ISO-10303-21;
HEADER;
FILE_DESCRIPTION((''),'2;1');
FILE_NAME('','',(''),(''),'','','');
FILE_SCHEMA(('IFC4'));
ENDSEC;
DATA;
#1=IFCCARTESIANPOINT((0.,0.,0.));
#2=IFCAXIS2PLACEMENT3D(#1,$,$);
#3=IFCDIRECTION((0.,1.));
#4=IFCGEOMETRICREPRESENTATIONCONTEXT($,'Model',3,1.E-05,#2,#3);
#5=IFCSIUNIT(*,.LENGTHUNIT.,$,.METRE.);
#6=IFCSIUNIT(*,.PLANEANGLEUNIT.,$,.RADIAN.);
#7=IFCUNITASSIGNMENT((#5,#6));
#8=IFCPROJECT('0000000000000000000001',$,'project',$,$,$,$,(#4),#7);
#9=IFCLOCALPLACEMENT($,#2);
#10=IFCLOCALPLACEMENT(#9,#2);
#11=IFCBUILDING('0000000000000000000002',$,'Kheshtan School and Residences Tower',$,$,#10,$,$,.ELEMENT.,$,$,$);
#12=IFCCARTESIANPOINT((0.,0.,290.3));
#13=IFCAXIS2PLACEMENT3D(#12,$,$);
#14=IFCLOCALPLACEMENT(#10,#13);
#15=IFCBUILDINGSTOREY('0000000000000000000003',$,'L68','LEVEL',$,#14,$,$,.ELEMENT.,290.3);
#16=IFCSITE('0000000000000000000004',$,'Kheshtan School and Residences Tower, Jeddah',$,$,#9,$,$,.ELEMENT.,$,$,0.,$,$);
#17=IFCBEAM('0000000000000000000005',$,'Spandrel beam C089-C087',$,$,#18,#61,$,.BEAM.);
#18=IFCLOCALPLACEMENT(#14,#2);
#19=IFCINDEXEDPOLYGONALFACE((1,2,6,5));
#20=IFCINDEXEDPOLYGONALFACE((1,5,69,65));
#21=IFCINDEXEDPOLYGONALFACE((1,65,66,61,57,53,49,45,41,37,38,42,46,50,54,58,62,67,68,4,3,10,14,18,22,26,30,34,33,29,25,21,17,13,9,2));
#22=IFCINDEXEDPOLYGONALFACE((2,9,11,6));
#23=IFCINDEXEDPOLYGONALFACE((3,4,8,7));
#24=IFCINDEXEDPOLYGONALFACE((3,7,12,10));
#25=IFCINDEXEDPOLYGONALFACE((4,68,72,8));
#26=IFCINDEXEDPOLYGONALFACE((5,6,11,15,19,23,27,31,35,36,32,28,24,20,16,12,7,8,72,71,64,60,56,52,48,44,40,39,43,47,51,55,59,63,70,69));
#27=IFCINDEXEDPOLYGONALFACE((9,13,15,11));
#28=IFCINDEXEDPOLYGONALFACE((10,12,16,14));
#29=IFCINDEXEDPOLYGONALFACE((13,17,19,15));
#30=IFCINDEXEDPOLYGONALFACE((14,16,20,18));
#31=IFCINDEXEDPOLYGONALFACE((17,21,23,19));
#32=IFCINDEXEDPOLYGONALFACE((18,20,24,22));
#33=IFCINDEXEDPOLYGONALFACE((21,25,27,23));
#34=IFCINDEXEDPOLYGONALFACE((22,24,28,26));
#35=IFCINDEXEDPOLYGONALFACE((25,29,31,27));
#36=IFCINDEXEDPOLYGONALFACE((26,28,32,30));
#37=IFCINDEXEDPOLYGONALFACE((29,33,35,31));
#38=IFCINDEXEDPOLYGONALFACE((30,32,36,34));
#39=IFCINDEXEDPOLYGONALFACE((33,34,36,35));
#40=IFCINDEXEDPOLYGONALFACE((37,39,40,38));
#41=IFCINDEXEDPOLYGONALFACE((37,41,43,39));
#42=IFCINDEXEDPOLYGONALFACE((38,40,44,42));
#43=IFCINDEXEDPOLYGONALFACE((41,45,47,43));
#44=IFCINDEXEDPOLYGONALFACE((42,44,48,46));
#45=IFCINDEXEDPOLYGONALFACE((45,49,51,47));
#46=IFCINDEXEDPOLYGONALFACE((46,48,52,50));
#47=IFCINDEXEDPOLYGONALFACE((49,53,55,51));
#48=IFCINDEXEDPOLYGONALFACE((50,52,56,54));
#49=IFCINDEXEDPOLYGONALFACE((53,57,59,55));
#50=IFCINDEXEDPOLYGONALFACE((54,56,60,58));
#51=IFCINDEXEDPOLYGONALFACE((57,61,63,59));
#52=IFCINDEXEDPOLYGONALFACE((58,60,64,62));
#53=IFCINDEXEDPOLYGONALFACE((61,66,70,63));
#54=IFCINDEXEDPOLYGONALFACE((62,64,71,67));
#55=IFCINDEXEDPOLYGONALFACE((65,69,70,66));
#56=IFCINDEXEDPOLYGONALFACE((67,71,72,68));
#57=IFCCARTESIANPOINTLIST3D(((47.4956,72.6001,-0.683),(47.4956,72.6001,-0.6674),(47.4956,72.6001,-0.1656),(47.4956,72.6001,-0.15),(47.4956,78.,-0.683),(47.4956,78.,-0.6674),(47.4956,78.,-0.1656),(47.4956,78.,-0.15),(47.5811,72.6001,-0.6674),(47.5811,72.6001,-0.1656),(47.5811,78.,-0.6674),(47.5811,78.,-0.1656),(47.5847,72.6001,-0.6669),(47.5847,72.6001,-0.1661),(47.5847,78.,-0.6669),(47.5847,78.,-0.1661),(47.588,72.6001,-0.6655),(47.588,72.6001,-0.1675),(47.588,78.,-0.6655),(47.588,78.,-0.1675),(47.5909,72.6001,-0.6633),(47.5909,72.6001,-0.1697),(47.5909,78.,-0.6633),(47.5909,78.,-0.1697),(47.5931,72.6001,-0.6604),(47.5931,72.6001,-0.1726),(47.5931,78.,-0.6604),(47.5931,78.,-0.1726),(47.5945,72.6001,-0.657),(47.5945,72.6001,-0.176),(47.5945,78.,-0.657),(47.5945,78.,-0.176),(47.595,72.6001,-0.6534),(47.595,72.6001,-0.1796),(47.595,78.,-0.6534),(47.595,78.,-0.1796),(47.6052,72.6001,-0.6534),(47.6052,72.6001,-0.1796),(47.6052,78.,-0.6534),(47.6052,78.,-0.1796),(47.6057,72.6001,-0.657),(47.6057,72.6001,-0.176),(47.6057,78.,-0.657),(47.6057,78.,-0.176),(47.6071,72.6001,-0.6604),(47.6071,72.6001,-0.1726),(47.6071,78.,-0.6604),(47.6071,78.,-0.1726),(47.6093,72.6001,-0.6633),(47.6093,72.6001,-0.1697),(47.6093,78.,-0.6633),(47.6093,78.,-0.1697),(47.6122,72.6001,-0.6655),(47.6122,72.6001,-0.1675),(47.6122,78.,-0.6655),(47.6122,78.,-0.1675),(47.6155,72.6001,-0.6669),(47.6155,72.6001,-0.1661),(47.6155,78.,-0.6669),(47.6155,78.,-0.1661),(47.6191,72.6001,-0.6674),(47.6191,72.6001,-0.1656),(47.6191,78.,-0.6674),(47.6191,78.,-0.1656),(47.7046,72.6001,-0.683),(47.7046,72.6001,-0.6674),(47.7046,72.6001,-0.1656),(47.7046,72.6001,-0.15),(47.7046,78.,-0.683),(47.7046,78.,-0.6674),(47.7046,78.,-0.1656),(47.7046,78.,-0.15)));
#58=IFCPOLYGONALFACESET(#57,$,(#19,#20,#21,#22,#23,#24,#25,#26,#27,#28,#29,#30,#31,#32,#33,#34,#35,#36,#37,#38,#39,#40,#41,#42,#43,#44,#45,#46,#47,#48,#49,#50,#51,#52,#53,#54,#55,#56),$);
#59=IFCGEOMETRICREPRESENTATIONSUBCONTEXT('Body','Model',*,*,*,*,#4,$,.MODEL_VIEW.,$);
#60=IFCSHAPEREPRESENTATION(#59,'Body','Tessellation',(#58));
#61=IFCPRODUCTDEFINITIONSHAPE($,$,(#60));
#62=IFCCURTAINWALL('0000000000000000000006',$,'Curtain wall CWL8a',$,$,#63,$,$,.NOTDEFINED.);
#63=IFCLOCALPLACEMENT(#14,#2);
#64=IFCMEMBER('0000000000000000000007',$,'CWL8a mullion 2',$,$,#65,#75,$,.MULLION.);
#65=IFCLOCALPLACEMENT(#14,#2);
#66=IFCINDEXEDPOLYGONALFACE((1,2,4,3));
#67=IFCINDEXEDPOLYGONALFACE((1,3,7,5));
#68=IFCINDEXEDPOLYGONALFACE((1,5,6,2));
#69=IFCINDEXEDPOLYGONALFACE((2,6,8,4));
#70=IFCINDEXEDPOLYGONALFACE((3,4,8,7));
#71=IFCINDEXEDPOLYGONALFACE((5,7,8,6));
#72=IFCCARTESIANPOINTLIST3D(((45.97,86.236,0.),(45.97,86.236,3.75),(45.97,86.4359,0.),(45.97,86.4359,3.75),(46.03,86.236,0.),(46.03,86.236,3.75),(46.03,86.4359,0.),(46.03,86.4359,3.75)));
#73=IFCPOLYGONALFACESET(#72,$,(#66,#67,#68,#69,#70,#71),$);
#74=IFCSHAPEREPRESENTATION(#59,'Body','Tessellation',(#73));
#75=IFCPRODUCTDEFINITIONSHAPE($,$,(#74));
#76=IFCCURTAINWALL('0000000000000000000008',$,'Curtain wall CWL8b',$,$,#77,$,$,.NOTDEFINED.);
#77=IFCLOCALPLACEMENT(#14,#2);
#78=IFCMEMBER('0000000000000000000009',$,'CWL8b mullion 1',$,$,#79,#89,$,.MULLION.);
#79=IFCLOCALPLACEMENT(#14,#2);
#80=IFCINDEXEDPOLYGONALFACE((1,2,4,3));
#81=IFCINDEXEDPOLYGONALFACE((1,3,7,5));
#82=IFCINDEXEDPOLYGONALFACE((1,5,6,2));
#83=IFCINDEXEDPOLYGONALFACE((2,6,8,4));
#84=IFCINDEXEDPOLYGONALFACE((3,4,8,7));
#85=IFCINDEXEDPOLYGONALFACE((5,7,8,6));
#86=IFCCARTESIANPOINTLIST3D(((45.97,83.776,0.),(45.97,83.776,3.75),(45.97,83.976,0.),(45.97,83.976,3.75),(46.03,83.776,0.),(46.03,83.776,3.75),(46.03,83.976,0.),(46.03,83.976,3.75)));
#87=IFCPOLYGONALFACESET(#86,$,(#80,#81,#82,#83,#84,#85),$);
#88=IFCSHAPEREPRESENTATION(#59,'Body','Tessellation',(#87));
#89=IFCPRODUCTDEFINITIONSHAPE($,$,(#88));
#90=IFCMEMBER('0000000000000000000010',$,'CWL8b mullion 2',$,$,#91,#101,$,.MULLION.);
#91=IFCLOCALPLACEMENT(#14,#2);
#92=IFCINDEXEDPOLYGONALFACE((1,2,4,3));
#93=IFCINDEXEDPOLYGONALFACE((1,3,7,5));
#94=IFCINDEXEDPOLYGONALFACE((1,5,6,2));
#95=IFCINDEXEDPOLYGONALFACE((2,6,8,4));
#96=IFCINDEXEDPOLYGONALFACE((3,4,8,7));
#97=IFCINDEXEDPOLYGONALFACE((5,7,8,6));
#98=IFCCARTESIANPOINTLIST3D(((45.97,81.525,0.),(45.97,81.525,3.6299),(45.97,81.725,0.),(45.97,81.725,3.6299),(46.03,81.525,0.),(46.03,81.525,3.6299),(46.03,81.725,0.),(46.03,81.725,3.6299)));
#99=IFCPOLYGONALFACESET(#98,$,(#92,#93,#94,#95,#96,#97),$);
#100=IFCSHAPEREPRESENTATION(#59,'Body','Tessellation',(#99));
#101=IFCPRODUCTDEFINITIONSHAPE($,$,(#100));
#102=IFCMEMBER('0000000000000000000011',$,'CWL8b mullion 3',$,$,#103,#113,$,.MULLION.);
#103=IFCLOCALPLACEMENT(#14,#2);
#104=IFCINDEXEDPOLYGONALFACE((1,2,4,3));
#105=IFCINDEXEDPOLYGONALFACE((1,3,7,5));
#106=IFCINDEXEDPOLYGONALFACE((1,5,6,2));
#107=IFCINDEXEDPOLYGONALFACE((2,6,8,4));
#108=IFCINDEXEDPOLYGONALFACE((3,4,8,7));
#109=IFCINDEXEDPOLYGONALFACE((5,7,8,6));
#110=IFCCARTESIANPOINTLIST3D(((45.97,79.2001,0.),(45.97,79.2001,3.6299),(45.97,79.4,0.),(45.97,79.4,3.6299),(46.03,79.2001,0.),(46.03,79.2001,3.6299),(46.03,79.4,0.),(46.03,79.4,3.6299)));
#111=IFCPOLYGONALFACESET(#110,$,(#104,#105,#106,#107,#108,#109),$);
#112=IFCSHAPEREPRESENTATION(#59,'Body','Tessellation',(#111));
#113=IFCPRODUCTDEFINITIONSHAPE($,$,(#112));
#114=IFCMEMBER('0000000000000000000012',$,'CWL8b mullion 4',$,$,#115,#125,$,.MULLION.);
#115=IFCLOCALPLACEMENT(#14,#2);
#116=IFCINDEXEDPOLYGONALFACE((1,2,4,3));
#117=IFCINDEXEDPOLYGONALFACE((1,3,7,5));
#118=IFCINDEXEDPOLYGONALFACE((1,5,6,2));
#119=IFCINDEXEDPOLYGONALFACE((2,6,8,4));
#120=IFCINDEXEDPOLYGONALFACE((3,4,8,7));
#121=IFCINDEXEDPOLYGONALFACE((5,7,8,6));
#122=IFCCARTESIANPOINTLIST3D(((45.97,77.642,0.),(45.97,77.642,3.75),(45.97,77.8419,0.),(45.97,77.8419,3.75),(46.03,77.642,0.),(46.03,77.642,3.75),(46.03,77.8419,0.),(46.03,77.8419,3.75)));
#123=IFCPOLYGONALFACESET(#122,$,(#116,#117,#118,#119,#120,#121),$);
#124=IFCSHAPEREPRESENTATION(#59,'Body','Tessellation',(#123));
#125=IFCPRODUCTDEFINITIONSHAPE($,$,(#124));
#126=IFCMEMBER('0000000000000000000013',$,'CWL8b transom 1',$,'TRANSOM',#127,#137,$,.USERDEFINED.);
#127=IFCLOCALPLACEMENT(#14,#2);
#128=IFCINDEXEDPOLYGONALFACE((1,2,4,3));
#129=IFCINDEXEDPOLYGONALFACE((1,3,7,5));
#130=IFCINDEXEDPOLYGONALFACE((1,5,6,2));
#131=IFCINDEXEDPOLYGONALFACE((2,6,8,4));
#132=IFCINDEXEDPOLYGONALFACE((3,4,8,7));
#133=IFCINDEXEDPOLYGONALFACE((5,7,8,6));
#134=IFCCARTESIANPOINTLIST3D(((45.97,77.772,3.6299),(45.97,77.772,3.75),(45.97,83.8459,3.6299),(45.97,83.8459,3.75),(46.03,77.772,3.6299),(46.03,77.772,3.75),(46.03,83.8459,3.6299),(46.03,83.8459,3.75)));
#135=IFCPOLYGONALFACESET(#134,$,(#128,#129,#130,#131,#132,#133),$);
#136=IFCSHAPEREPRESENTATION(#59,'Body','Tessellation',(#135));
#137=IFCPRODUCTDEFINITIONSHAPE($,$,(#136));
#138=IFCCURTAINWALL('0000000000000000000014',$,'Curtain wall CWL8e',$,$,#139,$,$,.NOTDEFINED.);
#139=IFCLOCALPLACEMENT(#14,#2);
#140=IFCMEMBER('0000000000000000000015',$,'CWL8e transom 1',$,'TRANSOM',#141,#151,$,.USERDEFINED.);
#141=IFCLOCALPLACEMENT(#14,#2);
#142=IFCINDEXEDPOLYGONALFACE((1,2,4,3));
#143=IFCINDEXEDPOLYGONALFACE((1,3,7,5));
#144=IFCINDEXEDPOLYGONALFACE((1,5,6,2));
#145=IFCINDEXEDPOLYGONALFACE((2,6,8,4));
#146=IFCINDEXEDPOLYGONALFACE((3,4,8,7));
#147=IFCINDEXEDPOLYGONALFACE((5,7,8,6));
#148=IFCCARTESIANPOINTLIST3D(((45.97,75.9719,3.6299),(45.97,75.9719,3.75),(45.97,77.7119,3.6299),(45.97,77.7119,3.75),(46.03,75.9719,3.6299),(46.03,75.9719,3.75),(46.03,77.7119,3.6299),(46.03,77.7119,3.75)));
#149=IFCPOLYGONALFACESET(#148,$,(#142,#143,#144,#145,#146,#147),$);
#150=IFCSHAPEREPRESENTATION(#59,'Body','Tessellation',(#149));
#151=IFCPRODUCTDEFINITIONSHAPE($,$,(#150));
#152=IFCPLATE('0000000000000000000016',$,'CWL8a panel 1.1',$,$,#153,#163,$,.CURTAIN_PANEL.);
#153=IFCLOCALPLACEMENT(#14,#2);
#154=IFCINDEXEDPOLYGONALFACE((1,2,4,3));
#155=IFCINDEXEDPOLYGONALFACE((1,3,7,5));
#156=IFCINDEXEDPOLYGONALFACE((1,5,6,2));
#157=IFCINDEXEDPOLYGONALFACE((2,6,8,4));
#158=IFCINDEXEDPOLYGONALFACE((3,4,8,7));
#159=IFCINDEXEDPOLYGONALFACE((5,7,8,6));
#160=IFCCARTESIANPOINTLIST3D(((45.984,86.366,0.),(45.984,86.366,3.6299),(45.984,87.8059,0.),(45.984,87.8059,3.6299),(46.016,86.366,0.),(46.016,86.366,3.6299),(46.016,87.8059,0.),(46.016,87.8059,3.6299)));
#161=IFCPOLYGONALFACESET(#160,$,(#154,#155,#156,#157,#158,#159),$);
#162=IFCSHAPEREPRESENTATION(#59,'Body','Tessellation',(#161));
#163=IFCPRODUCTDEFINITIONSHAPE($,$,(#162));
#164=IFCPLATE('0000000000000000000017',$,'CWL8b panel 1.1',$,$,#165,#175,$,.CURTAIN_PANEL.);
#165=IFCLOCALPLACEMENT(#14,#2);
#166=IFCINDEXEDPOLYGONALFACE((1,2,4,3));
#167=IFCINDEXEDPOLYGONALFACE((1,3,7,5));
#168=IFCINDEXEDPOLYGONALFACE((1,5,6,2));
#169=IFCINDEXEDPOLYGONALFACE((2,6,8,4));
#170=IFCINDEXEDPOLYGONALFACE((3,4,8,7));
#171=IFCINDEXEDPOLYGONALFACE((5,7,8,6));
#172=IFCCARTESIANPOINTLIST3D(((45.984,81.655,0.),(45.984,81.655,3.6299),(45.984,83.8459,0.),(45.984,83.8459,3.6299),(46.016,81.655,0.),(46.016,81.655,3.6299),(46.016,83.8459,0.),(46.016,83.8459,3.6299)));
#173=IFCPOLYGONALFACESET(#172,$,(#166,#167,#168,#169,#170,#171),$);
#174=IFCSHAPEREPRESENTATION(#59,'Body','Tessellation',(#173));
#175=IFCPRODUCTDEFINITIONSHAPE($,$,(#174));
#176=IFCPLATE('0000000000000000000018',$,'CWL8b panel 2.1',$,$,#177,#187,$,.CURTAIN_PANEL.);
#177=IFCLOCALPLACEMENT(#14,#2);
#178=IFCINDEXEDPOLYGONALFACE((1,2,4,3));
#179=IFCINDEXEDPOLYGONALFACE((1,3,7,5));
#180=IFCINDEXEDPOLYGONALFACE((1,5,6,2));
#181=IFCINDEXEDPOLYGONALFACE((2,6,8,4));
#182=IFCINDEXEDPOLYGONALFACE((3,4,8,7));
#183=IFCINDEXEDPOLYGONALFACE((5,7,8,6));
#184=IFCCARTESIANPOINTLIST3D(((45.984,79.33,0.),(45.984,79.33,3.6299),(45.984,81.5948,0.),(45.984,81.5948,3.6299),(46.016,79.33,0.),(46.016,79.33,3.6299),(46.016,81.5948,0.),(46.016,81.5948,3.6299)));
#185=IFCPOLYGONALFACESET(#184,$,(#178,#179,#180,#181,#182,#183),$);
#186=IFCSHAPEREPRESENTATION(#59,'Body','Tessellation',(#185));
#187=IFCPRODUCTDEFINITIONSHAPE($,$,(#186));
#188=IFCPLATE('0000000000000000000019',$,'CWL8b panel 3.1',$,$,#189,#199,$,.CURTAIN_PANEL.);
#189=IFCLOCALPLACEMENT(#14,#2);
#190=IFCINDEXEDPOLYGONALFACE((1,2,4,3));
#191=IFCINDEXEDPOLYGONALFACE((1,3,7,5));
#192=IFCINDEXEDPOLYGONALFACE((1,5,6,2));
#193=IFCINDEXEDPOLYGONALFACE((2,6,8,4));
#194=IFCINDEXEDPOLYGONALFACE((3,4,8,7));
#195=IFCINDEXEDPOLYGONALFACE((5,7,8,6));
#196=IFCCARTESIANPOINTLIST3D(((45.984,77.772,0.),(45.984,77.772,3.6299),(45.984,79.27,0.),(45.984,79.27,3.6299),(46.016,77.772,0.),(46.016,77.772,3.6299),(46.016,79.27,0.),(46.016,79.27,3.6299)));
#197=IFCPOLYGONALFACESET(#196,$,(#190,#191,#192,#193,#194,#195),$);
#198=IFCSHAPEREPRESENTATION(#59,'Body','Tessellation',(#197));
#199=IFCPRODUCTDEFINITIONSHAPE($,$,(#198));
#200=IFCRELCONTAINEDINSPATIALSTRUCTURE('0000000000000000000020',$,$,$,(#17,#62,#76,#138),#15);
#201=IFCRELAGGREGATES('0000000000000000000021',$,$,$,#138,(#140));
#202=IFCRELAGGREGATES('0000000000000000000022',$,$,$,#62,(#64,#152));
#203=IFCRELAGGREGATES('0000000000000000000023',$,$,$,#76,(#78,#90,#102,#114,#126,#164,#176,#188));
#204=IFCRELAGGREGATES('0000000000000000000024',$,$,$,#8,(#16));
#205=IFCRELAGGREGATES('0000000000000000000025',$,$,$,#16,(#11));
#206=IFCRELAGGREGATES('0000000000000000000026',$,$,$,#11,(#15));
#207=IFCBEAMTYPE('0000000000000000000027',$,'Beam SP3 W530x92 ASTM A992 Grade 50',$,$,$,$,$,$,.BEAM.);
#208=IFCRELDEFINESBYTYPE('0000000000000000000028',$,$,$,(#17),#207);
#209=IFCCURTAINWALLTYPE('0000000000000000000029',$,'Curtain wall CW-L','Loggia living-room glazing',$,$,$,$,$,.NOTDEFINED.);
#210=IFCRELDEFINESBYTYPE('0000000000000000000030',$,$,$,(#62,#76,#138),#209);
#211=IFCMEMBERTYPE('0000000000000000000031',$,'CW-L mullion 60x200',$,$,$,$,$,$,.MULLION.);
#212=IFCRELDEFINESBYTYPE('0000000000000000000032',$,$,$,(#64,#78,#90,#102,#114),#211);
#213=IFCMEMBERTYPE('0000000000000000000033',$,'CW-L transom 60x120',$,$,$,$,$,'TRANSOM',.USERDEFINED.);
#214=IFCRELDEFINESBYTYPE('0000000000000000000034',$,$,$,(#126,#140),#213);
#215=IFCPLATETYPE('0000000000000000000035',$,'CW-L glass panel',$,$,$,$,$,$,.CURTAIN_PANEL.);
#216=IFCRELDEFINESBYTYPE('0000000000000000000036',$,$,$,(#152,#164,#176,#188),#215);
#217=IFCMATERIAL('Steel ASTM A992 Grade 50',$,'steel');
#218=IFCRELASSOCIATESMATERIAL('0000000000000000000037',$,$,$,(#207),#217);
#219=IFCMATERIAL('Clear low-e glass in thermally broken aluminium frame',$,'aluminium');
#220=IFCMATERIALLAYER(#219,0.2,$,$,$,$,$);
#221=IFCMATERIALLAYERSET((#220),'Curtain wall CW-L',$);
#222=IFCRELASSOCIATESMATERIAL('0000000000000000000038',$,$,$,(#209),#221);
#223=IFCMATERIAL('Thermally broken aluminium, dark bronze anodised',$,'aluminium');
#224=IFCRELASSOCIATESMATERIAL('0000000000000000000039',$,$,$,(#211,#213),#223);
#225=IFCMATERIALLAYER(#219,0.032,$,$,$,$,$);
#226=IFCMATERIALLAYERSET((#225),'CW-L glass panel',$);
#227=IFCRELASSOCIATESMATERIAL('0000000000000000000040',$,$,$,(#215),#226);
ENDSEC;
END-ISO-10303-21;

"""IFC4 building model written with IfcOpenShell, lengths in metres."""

from ifc_helpers import new_model, si_unit, direction, frame, origin, origin_2d, place, context, subcontext, project, spatial, rectangle, i_section, extrude, material, layer, layer_set, material_profile, profile_set, type_object, element, aggregate, save


model = new_model("IFC4")

# Units and contexts
model_context = context("Model", 3, precision=1e-05, world=origin(), true_north=direction((0.0, 1.0)))
body_context = subcontext(model_context, "Body", "Model", "MODEL_VIEW")
ifc_project = project(units=[si_unit("LENGTHUNIT", "METRE"), si_unit("PLANEANGLEUNIT", "RADIAN")], contexts=[model_context])

# Site, building, storey
site_placement = place(None, origin())
site = spatial("IfcSite", under=ifc_project, at=site_placement, Name="Kheshtan School and Residences Tower, Jeddah", CompositionType="ELEMENT", RefElevation=0.0)
building_placement = place(site_placement, origin())
building = spatial("IfcBuilding", under=site, at=building_placement, Name="Kheshtan School and Residences Tower", CompositionType="ELEMENT")
storey_placement = place(building_placement, frame((0.0, 0.0, 290.3)))
storey = spatial("IfcBuildingStorey", under=building, at=storey_placement, Name="L68", Description="LEVEL", CompositionType="ELEMENT", Elevation=290.3)

# Shared definitions
ifc_material_1 = material(Name="Steel ASTM A992 Grade 50", Category="steel")

# Beam
ifc_material_profile_1 = material_profile(ifc_material_1, i_section(OverallWidth=0.209, OverallDepth=0.533, WebThickness=0.0103, FlangeThickness=0.0156, FilletRadius=0.0139, at=origin_2d()), Name="W530x92")
ifc_profile_set_1 = profile_set([ifc_material_profile_1], Name="Steel ASTM A992 Grade 50")
beam_type_1 = type_object("IfcBeamType", Name="Beam SP3 W530x92 ASTM A992 Grade 50", PredefinedType="BEAM", material=ifc_profile_set_1)
for number, where, z_axis, x_axis, name in (
    (1, (47.6001, 78.0, -0.4165), (0.0, -1.0, 0.0), (1.0, 0.0, 0.0), "Spandrel beam C089-C087"),
):
    element("IfcBeam", number, at=place(storey_placement, frame(where, z_axis=z_axis, x_axis=x_axis)), inside=storey, type_object=beam_type_1, Name=name, PredefinedType="BEAM", context=body_context, shape_type="SweptSolid", body=[
        extrude(i_section(OverallWidth=0.209, OverallDepth=0.533, WebThickness=0.0103, FlangeThickness=0.0156, FilletRadius=0.0139, at=origin_2d()), origin(), (0.0, 0.0, 1.0), 5.3999),
    ])

# Curtain wall, member
ifc_material_2 = material(Name="Clear low-e glass in thermally broken aluminium frame", Category="aluminium")
ifc_layer_1 = layer(ifc_material_2, 0.2)
ifc_layer_set_1 = layer_set([ifc_layer_1], Name="Curtain wall CW-L")
curtain_wall_type = type_object("IfcCurtainWallType", Name="Curtain wall CW-L", Description="Loggia living-room glazing", PredefinedType="NOTDEFINED", material=ifc_layer_set_1)
curtain_wall_1_placement = place(storey_placement, origin())
curtain_wall_1 = element("IfcCurtainWall", 2, at=curtain_wall_1_placement, inside=storey, type_object=curtain_wall_type, Name="Curtain wall CWL8a", PredefinedType="NOTDEFINED")
ifc_material_3 = material(Name="Thermally broken aluminium, dark bronze anodised", Category="aluminium")
ifc_material_profile_2 = material_profile(ifc_material_3, rectangle(XDim=0.0601, YDim=0.2, at=origin_2d()), Name="CW-L mullion 60x200")
ifc_profile_set_2 = profile_set([ifc_material_profile_2], Name="Thermally broken aluminium, dark bronze anodised")
member_type_1 = type_object("IfcMemberType", Name="CW-L mullion 60x200", PredefinedType="MULLION", material=ifc_profile_set_2)
member_1_placement = place(storey_placement, frame((46.0, 86.3359, 0.0), z_axis=(0.0, 0.0, 1.0), x_axis=(1.0, 0.0, 0.0)))
member_1 = element("IfcMember", 3, at=member_1_placement, type_object=member_type_1, Name="CWL8a mullion 2", PredefinedType="MULLION", context=body_context, shape_type="SweptSolid", body=[
    extrude(rectangle(XDim=0.0601, YDim=0.2, at=origin_2d()), origin(), (0.0, 0.0, 1.0), 3.75),
])

# Curtain wall, members
curtain_wall_2_placement = place(storey_placement, origin())
curtain_wall_2 = element("IfcCurtainWall", 4, at=curtain_wall_2_placement, inside=storey, type_object=curtain_wall_type, Name="Curtain wall CWL8b", PredefinedType="NOTDEFINED")
member_2_placement = place(storey_placement, frame((46.0, 83.876, 0.0), z_axis=(0.0, 0.0, 1.0), x_axis=(1.0, 0.0, 0.0)))
member_2 = element("IfcMember", 5, at=member_2_placement, type_object=member_type_1, Name="CWL8b mullion 1", PredefinedType="MULLION", context=body_context, shape_type="SweptSolid", body=[
    extrude(rectangle(XDim=0.0601, YDim=0.2, at=origin_2d()), origin(), (0.0, 0.0, 1.0), 3.75),
])
member_3_placement = place(storey_placement, frame((46.0, 81.625, 0.0), z_axis=(0.0, 0.0, 1.0), x_axis=(1.0, 0.0, 0.0)))
member_3 = element("IfcMember", 6, at=member_3_placement, type_object=member_type_1, Name="CWL8b mullion 2", PredefinedType="MULLION", context=body_context, shape_type="SweptSolid", body=[
    extrude(rectangle(XDim=0.0601, YDim=0.2, at=origin_2d()), origin(), (0.0, 0.0, 1.0), 3.6299),
])
member_4_placement = place(storey_placement, frame((46.0, 79.3, 0.0), z_axis=(0.0, 0.0, 1.0), x_axis=(1.0, 0.0, 0.0)))
member_4 = element("IfcMember", 7, at=member_4_placement, type_object=member_type_1, Name="CWL8b mullion 3", PredefinedType="MULLION", context=body_context, shape_type="SweptSolid", body=[
    extrude(rectangle(XDim=0.0601, YDim=0.2, at=origin_2d()), origin(), (0.0, 0.0, 1.0), 3.6299),
])
member_5_placement = place(storey_placement, frame((46.0, 77.7419, 0.0), z_axis=(0.0, 0.0, 1.0), x_axis=(1.0, 0.0, 0.0)))
member_5 = element("IfcMember", 8, at=member_5_placement, type_object=member_type_1, Name="CWL8b mullion 4", PredefinedType="MULLION", context=body_context, shape_type="SweptSolid", body=[
    extrude(rectangle(XDim=0.0601, YDim=0.2, at=origin_2d()), origin(), (0.0, 0.0, 1.0), 3.75),
])
ifc_material_profile_3 = material_profile(ifc_material_3, rectangle(XDim=0.0601, YDim=0.1201, at=origin_2d()), Name="CW-L transom 60x120")
ifc_profile_set_3 = profile_set([ifc_material_profile_3], Name="Thermally broken aluminium, dark bronze anodised")
member_type_2 = type_object("IfcMemberType", Name="CW-L transom 60x120", ElementType="TRANSOM", PredefinedType="USERDEFINED", material=ifc_profile_set_3)
member_6_placement = place(storey_placement, frame((46.0, 83.8459, 3.6899), z_axis=(0.0, -1.0, 0.0), x_axis=(1.0, 0.0, 0.0)))
member_6 = element("IfcMember", 9, at=member_6_placement, type_object=member_type_2, Name="CWL8b transom 1", ObjectType="TRANSOM", PredefinedType="USERDEFINED", context=body_context, shape_type="SweptSolid", body=[
    extrude(rectangle(XDim=0.0601, YDim=0.1201, at=origin_2d()), origin(), (0.0, 0.0, 1.0), 6.074),
])

# Curtain wall, member
curtain_wall_3_placement = place(storey_placement, origin())
curtain_wall_3 = element("IfcCurtainWall", 10, at=curtain_wall_3_placement, inside=storey, type_object=curtain_wall_type, Name="Curtain wall CWL8e", PredefinedType="NOTDEFINED")
member_7_placement = place(storey_placement, frame((46.0, 77.7119, 3.6899), z_axis=(0.0, -1.0, 0.0), x_axis=(1.0, 0.0, 0.0)))
member_7 = element("IfcMember", 11, at=member_7_placement, type_object=member_type_2, Name="CWL8e transom 1", ObjectType="TRANSOM", PredefinedType="USERDEFINED", context=body_context, shape_type="SweptSolid", body=[
    extrude(rectangle(XDim=0.0601, YDim=0.1201, at=origin_2d()), origin(), (0.0, 0.0, 1.0), 1.74),
])
aggregate(curtain_wall_3, [member_7])

# Plates
ifc_layer_2 = layer(ifc_material_2, 0.032)
ifc_layer_set_2 = layer_set([ifc_layer_2], Name="CW-L glass panel")
plate_type = type_object("IfcPlateType", Name="CW-L glass panel", PredefinedType="CURTAIN_PANEL", material=ifc_layer_set_2)
plate_1_placement = place(storey_placement, frame((46.0, 87.0859, 0.0), z_axis=(0.0, 0.0, 1.0), x_axis=(0.0, -1.0, 0.0)))
plate_1 = element("IfcPlate", 12, at=plate_1_placement, type_object=plate_type, Name="CWL8a panel 1.1", PredefinedType="CURTAIN_PANEL", context=body_context, shape_type="SweptSolid", body=[
    extrude(rectangle(XDim=1.4399, YDim=0.032, at=origin_2d()), origin(), (0.0, 0.0, 1.0), 3.6299),
])
aggregate(curtain_wall_1, [member_1, plate_1])
plate_2_placement = place(storey_placement, frame((46.0, 82.7505, 0.0), z_axis=(0.0, 0.0, 1.0), x_axis=(0.0, -1.0, 0.0)))
plate_2 = element("IfcPlate", 13, at=plate_2_placement, type_object=plate_type, Name="CWL8b panel 1.1", PredefinedType="CURTAIN_PANEL", context=body_context, shape_type="SweptSolid", body=[
    extrude(rectangle(XDim=2.1909, YDim=0.032, at=origin_2d()), origin(), (0.0, 0.0, 1.0), 3.6299),
])
plate_3_placement = place(storey_placement, frame((46.0, 80.4624, 0.0), z_axis=(0.0, 0.0, 1.0), x_axis=(0.0, -1.0, 0.0)))
plate_3 = element("IfcPlate", 14, at=plate_3_placement, type_object=plate_type, Name="CWL8b panel 2.1", PredefinedType="CURTAIN_PANEL", context=body_context, shape_type="SweptSolid", body=[
    extrude(rectangle(XDim=2.2649, YDim=0.032, at=origin_2d()), origin(), (0.0, 0.0, 1.0), 3.6299),
])
plate_4_placement = place(storey_placement, frame((46.0, 78.521, 0.0), z_axis=(0.0, 0.0, 1.0), x_axis=(0.0, -1.0, 0.0)))
plate_4 = element("IfcPlate", 15, at=plate_4_placement, type_object=plate_type, Name="CWL8b panel 3.1", PredefinedType="CURTAIN_PANEL", context=body_context, shape_type="SweptSolid", body=[
    extrude(rectangle(XDim=1.498, YDim=0.032, at=origin_2d()), origin(), (0.0, 0.0, 1.0), 3.6299),
])
aggregate(curtain_wall_2, [member_2, member_3, member_4, member_5, member_6, plate_2, plate_3, plate_4])

save(model, "model.ifc")
